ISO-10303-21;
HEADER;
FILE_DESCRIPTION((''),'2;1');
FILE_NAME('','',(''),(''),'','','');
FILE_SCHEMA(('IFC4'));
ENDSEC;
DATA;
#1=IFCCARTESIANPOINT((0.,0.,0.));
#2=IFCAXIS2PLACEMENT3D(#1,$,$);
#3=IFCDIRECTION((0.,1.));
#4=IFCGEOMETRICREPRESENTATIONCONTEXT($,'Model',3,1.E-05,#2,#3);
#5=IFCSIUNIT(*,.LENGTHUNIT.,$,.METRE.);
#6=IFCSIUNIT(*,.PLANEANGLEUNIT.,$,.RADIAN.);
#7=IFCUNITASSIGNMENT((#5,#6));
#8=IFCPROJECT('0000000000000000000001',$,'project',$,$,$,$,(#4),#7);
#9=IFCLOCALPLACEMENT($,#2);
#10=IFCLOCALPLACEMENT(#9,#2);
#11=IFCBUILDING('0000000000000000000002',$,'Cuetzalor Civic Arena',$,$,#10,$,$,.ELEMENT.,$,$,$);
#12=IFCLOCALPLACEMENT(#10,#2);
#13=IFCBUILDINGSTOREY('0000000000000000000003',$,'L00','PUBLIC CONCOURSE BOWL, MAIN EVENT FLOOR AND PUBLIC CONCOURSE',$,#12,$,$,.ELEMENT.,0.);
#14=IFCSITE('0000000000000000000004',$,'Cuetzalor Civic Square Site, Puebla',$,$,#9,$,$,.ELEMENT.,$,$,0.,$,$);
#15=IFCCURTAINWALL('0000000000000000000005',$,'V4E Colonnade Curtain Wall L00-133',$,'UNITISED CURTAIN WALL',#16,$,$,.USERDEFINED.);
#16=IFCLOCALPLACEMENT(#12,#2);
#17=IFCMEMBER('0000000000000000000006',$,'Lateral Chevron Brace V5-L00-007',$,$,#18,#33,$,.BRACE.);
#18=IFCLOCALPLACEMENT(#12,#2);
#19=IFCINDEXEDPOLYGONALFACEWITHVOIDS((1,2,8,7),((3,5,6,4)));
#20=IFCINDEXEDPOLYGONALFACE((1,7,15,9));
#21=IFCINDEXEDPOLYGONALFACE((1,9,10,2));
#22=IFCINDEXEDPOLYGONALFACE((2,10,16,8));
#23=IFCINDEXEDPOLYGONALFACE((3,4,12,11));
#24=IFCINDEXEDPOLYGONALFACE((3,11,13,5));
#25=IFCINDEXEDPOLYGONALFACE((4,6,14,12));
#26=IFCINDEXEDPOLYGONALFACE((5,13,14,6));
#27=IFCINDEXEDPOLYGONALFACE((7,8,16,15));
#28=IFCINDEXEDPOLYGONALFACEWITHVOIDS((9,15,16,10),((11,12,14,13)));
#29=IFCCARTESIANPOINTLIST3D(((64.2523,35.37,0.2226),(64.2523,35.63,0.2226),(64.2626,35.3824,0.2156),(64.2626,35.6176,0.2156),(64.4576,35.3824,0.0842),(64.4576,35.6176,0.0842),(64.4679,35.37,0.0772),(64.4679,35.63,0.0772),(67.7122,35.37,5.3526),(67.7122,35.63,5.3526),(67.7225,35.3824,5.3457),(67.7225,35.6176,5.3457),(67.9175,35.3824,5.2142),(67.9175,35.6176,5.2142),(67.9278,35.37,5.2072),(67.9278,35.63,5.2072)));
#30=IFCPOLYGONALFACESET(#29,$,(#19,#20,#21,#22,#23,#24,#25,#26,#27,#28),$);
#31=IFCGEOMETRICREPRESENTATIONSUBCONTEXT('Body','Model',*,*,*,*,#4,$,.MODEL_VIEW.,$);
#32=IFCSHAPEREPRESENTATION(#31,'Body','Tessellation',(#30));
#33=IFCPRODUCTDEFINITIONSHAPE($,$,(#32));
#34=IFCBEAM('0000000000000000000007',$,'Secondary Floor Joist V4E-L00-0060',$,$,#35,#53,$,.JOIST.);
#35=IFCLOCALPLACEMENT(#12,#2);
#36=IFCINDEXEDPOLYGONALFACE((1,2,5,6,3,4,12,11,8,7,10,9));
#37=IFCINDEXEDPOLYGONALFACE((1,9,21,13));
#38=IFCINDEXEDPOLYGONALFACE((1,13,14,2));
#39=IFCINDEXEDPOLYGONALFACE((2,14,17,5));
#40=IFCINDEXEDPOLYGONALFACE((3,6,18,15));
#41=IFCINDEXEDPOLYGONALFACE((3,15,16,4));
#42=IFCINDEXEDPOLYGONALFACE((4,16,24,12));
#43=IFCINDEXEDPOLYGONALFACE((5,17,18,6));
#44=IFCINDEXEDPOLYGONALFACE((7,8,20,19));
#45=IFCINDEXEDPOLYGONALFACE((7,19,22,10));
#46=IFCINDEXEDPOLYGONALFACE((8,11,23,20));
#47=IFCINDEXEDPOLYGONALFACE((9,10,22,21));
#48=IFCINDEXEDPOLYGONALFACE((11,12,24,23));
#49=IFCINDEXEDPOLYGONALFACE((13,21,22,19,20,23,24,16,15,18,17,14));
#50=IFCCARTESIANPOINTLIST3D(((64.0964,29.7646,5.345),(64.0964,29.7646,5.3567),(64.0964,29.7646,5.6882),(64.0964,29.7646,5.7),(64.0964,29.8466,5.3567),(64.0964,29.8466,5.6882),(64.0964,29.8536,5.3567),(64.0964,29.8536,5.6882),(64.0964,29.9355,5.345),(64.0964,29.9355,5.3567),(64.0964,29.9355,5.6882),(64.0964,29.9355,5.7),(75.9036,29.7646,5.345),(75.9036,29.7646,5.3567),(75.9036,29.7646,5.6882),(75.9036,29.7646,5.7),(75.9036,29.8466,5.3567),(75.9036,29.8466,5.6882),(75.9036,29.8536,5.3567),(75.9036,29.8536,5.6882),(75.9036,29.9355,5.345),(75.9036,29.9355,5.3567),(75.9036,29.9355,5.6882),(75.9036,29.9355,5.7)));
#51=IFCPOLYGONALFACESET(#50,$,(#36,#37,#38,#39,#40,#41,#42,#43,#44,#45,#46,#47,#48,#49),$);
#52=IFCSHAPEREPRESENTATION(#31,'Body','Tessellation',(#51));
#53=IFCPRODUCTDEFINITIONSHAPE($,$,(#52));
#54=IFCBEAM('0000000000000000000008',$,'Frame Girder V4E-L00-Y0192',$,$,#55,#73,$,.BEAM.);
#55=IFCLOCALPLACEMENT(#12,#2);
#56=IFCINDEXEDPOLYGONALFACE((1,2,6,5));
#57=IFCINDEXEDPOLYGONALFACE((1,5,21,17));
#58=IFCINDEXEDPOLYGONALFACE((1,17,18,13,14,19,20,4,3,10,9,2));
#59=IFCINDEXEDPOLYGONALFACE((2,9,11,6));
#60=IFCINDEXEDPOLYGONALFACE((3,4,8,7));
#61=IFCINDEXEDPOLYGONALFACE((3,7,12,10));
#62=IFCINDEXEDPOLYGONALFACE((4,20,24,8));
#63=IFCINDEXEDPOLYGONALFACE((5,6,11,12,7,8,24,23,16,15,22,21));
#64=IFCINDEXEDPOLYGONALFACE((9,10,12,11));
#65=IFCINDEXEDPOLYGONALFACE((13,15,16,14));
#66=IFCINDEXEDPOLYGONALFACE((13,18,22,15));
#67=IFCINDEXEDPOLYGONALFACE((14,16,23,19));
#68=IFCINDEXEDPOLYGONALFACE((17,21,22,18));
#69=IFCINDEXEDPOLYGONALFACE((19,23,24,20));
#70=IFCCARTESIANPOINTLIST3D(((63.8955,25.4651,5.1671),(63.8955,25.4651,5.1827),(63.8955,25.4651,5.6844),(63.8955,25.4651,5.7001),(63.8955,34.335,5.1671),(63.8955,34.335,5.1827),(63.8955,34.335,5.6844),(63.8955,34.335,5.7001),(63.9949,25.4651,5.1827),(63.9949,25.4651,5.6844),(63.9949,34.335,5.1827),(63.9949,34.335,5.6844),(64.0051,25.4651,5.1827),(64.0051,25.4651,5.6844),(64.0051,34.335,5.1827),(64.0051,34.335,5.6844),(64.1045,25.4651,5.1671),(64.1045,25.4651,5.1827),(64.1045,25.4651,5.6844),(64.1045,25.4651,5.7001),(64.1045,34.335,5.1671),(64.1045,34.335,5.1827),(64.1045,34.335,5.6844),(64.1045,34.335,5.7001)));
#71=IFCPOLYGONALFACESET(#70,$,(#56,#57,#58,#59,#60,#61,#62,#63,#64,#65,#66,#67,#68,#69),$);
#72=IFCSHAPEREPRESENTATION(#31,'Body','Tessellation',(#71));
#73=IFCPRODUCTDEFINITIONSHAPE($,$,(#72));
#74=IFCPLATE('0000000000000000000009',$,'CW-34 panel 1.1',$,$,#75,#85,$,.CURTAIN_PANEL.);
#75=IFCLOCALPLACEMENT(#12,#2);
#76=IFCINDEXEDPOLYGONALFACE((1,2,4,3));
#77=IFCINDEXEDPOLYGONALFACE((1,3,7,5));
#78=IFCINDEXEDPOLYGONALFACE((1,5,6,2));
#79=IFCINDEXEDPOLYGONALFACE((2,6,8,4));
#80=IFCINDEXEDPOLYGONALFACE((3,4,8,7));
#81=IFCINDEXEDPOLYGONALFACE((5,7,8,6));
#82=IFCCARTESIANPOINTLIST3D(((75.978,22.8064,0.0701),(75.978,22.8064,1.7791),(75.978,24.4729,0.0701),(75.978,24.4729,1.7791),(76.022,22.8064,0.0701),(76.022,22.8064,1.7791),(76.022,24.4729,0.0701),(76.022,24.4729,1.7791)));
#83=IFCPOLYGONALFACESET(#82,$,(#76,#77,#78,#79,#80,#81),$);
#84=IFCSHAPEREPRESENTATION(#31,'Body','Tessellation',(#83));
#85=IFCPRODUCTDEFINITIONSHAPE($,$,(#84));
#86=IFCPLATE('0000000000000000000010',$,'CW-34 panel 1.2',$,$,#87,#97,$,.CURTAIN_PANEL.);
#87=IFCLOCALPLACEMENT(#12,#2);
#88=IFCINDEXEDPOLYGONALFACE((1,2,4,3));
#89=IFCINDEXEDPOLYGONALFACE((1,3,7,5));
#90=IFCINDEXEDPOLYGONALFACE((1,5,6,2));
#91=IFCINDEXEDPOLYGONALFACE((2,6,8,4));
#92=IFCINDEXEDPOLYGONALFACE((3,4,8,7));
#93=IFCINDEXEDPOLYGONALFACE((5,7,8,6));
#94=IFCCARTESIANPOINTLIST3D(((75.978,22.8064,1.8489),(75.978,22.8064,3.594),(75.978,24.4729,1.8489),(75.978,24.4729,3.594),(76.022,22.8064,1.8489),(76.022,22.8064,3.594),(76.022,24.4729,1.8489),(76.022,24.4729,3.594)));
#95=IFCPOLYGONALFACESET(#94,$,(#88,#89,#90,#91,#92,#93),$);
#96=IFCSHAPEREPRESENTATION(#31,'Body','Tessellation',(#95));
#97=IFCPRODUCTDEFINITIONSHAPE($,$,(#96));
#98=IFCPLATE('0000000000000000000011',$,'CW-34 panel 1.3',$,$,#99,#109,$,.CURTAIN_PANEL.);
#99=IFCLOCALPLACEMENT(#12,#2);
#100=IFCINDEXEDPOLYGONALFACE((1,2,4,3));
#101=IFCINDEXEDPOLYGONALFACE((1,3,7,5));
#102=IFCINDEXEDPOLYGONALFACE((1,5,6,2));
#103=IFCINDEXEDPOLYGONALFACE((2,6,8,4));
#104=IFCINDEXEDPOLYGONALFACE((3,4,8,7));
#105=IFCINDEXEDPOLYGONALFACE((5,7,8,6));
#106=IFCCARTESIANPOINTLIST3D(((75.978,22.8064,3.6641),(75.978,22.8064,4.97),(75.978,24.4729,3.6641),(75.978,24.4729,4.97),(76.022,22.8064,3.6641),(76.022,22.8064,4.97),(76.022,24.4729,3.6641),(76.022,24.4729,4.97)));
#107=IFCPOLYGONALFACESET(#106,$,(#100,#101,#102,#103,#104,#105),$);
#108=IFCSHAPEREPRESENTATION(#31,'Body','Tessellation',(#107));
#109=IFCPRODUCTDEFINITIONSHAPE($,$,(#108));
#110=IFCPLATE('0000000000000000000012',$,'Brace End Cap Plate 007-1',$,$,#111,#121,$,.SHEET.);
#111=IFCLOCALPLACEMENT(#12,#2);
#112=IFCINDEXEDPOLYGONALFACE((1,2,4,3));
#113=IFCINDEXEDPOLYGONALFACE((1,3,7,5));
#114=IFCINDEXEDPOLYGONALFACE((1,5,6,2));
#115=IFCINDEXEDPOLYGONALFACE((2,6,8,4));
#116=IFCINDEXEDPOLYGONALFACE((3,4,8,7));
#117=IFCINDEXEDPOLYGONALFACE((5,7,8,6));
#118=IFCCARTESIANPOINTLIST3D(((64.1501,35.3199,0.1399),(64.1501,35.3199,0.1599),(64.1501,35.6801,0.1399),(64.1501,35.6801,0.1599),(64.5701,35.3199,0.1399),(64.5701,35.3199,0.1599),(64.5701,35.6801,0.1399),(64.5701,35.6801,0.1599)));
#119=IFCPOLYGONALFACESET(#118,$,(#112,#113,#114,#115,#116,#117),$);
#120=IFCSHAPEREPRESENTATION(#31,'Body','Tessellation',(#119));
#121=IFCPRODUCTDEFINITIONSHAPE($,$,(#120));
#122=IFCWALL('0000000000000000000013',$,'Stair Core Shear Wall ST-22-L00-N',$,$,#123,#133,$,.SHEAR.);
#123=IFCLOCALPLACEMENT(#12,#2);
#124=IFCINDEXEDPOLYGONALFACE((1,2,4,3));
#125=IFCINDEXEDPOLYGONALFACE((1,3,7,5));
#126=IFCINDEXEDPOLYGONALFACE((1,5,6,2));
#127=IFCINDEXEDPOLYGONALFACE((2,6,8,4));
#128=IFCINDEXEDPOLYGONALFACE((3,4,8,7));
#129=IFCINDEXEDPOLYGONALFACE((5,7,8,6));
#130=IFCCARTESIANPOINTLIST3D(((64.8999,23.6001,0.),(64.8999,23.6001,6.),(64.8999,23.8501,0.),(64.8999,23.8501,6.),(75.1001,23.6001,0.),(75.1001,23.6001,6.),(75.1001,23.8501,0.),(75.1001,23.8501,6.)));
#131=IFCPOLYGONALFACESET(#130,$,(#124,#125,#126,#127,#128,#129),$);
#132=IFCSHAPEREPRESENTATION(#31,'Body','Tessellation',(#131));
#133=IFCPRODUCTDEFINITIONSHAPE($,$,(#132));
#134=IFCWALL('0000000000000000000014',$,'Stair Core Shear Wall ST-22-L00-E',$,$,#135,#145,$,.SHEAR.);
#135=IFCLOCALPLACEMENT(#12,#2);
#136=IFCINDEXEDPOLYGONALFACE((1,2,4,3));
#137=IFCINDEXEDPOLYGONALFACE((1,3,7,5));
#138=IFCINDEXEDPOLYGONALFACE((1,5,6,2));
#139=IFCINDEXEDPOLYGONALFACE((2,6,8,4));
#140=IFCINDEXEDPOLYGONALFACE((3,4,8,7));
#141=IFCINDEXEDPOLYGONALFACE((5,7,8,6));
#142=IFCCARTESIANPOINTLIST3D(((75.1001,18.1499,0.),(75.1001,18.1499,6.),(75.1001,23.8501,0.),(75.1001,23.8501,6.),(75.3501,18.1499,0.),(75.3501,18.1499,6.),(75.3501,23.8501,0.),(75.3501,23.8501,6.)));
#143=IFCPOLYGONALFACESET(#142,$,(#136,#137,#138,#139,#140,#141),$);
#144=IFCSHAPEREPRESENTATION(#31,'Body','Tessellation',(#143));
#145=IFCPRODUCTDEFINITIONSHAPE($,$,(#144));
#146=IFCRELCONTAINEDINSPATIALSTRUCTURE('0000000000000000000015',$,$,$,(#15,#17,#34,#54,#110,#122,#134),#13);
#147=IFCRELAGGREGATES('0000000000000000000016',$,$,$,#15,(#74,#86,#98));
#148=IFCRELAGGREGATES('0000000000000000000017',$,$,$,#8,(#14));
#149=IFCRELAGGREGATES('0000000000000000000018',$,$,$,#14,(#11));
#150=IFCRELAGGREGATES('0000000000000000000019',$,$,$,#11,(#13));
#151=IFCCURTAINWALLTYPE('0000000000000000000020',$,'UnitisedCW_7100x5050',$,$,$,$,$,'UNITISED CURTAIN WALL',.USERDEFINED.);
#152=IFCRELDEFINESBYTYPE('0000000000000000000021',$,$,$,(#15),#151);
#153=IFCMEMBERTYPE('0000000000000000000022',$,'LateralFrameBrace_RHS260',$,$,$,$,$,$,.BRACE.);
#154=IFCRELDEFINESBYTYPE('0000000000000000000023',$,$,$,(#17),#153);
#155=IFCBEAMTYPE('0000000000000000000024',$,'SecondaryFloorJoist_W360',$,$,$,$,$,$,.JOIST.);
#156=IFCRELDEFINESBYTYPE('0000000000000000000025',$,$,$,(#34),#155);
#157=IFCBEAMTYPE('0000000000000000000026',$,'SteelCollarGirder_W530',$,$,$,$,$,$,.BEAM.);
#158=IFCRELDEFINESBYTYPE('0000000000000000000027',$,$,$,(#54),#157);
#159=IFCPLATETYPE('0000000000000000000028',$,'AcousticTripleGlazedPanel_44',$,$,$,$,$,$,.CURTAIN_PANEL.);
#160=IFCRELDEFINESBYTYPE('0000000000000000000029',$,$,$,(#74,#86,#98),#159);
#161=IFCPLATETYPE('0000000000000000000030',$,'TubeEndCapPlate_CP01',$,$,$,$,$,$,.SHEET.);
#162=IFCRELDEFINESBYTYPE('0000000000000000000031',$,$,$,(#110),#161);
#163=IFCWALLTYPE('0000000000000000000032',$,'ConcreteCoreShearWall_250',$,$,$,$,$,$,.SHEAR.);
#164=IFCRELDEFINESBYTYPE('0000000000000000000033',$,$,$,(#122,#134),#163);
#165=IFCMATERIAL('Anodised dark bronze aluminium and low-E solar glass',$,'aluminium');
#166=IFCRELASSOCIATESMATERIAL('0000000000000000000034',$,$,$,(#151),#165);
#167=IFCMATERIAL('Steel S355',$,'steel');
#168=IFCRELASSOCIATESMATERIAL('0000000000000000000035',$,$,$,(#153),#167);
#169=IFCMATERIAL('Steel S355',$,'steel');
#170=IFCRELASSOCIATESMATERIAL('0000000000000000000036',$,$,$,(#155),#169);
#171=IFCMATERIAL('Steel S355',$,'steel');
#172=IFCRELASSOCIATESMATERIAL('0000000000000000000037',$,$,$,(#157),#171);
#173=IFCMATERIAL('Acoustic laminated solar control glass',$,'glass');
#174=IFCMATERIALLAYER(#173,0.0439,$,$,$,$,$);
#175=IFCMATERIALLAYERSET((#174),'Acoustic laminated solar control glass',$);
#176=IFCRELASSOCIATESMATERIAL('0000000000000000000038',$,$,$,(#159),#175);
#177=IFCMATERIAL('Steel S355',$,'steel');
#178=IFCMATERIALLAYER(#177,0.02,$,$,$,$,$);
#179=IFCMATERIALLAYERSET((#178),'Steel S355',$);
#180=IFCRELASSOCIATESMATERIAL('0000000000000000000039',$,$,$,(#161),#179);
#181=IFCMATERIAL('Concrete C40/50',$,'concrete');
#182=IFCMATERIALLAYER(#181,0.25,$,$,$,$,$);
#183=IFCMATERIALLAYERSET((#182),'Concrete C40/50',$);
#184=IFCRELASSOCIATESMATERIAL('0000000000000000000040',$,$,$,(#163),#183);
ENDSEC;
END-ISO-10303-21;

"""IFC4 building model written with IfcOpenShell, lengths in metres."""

from ifc_helpers import new_model, si_unit, direction, frame, frame_2d, origin, origin_2d, place, context, subcontext, project, spatial, rectangle, hollow_rectangle, i_section, extrude, material, layer, layer_set, material_profile, profile_set, type_object, element, aggregate, save


model = new_model("IFC4")

# Units and contexts
model_context = context("Model", 3, precision=1e-05, world=origin(), true_north=direction((0.0, 1.0)))
body_context = subcontext(model_context, "Body", "Model", "MODEL_VIEW")
ifc_project = project(units=[si_unit("LENGTHUNIT", "METRE"), si_unit("PLANEANGLEUNIT", "RADIAN")], contexts=[model_context])

# Site, building, storey
site_placement = place(None, origin())
site = spatial("IfcSite", under=ifc_project, at=site_placement, Name="Cuetzalor Civic Square Site, Puebla", CompositionType="ELEMENT", RefElevation=0.0)
building_placement = place(site_placement, origin())
building = spatial("IfcBuilding", under=site, at=building_placement, Name="Cuetzalor Civic Arena", CompositionType="ELEMENT")
storey_placement = place(building_placement, origin())
storey = spatial("IfcBuildingStorey", under=building, at=storey_placement, Name="L00", Description="PUBLIC CONCOURSE BOWL, MAIN EVENT FLOOR AND PUBLIC CONCOURSE", CompositionType="ELEMENT", Elevation=0.0)

# Curtain wall
ifc_material_1 = material(Name="Anodised dark bronze aluminium and low-E solar glass", Category="aluminium")
curtain_wall_type = type_object("IfcCurtainWallType", Name="UnitisedCW_7100x5050", ElementType="UNITISED CURTAIN WALL", PredefinedType="USERDEFINED", material=ifc_material_1)
curtain_wall_placement = place(storey_placement, origin())
curtain_wall = element("IfcCurtainWall", 1, at=curtain_wall_placement, inside=storey, type_object=curtain_wall_type, Name="V4E Colonnade Curtain Wall L00-133", ObjectType="UNITISED CURTAIN WALL", PredefinedType="USERDEFINED")

# Member
ifc_material_2 = material(Name="Steel S355", Category="steel")
ifc_material_profile_1 = material_profile(ifc_material_2, hollow_rectangle(XDim=0.26, YDim=0.26, WallThickness=0.0125, at=origin_2d()), Name="RHS 260x260x12.5")
ifc_profile_set_1 = profile_set([ifc_material_profile_1], Name="Steel S355")
member_type_1 = type_object("IfcMemberType", Name="LateralFrameBrace_RHS260", PredefinedType="BRACE", material=ifc_profile_set_1)
member_1_placement = place(storey_placement, frame((64.3601, 35.5, 0.1499), z_axis=(0.559154, 0.0, 0.829064), x_axis=(0.0, 1.0, 0.0)))
element("IfcMember", 2, at=member_1_placement, inside=storey, type_object=member_type_1, Name="Lateral Chevron Brace V5-L00-007", PredefinedType="BRACE", context=body_context, shape_type="SweptSolid", body=[
    extrude(hollow_rectangle(XDim=0.26, YDim=0.26, WallThickness=0.0125, at=origin_2d()), origin(), (0.0, 0.0, 1.0), 6.1877),
])

# Beams
ifc_material_3 = material(Name="Steel S355", Category="steel")
ifc_material_profile_2 = material_profile(ifc_material_3, i_section(OverallWidth=0.1709, OverallDepth=0.355, WebThickness=0.0071, FlangeThickness=0.0117, at=origin_2d()), Name="W360x51")
ifc_profile_set_2 = profile_set([ifc_material_profile_2], Name="Steel S355")
beam_type_1 = type_object("IfcBeamType", Name="SecondaryFloorJoist_W360", PredefinedType="JOIST", material=ifc_profile_set_2)
beam_1_placement = place(storey_placement, frame((64.0964, 29.8501, 5.5225), z_axis=(1.0, 0.0, 0.0), x_axis=(0.0, 1.0, 0.0)))
element("IfcBeam", 3, at=beam_1_placement, inside=storey, type_object=beam_type_1, Name="Secondary Floor Joist V4E-L00-0060", PredefinedType="JOIST", context=body_context, shape_type="SweptSolid", body=[
    extrude(i_section(OverallWidth=0.1709, OverallDepth=0.355, WebThickness=0.0071, FlangeThickness=0.0117, at=origin_2d()), origin(), (0.0, 0.0, 1.0), 11.8071),
])
ifc_material_4 = material(Name="Steel S355", Category="steel")
ifc_material_profile_3 = material_profile(ifc_material_4, i_section(OverallWidth=0.209, OverallDepth=0.533, WebThickness=0.0103, FlangeThickness=0.0156, at=origin_2d()), Name="W530x92")
ifc_profile_set_3 = profile_set([ifc_material_profile_3], Name="Steel S355")
beam_type_2 = type_object("IfcBeamType", Name="SteelCollarGirder_W530", PredefinedType="BEAM", material=ifc_profile_set_3)
beam_2_placement = place(storey_placement, frame((64.0, 25.4651, 5.4336), z_axis=(0.0, 1.0, 0.0), x_axis=(-1.0, 0.0, 0.0)))
element("IfcBeam", 4, at=beam_2_placement, inside=storey, type_object=beam_type_2, Name="Frame Girder V4E-L00-Y0192", PredefinedType="BEAM", context=body_context, shape_type="SweptSolid", body=[
    extrude(i_section(OverallWidth=0.209, OverallDepth=0.533, WebThickness=0.0103, FlangeThickness=0.0156, at=origin_2d()), origin(), (0.0, 0.0, 1.0), 8.8699),
])

# Plates
ifc_material_5 = material(Name="Acoustic laminated solar control glass", Category="glass")
ifc_layer_1 = layer(ifc_material_5, 0.0439)
ifc_layer_set_1 = layer_set([ifc_layer_1], Name="Acoustic laminated solar control glass")
plate_type_1 = type_object("IfcPlateType", Name="AcousticTripleGlazedPanel_44", PredefinedType="CURTAIN_PANEL", material=ifc_layer_set_1)
plate_1_placement = place(storey_placement, frame((76.0, 23.6396, 0.0701), z_axis=(0.0, 0.0, 1.0), x_axis=(0.0, -1.0, 0.0)))
plate_1 = element("IfcPlate", 5, at=plate_1_placement, type_object=plate_type_1, Name="CW-34 panel 1.1", PredefinedType="CURTAIN_PANEL", context=body_context, shape_type="SweptSolid", body=[
    extrude(rectangle(XDim=1.6665, YDim=0.0439, at=origin_2d()), origin(), (0.0, 0.0, 1.0), 1.709),
])
plate_2_placement = place(storey_placement, frame((76.0, 23.6396, 1.8489), z_axis=(0.0, 0.0, 1.0), x_axis=(0.0, -1.0, 0.0)))
plate_2 = element("IfcPlate", 6, at=plate_2_placement, type_object=plate_type_1, Name="CW-34 panel 1.2", PredefinedType="CURTAIN_PANEL", context=body_context, shape_type="SweptSolid", body=[
    extrude(rectangle(XDim=1.6665, YDim=0.0439, at=origin_2d()), origin(), (0.0, 0.0, 1.0), 1.7451),
])
plate_3_placement = place(storey_placement, frame((76.0, 23.6396, 3.6641), z_axis=(0.0, 0.0, 1.0), x_axis=(0.0, -1.0, 0.0)))
plate_3 = element("IfcPlate", 7, at=plate_3_placement, type_object=plate_type_1, Name="CW-34 panel 1.3", PredefinedType="CURTAIN_PANEL", context=body_context, shape_type="SweptSolid", body=[
    extrude(rectangle(XDim=1.6665, YDim=0.0439, at=origin_2d()), origin(), (0.0, 0.0, 1.0), 1.3059),
])
aggregate(curtain_wall, [plate_1, plate_2, plate_3])
ifc_material_6 = material(Name="Steel S355", Category="steel")
ifc_layer_2 = layer(ifc_material_6, 0.02)
ifc_layer_set_2 = layer_set([ifc_layer_2], Name="Steel S355")
plate_type_2 = type_object("IfcPlateType", Name="TubeEndCapPlate_CP01", PredefinedType="SHEET", material=ifc_layer_set_2)
plate_4_placement = place(storey_placement, frame((64.3601, 35.5, 0.1399), z_axis=(0.0, 0.0, 1.0), x_axis=(1.0, 0.0, 0.0)))
element("IfcPlate", 8, at=plate_4_placement, inside=storey, type_object=plate_type_2, Name="Brace End Cap Plate 007-1", PredefinedType="SHEET", context=body_context, shape_type="SweptSolid", body=[
    extrude(rectangle(XDim=0.4199, YDim=0.3601, at=origin_2d()), origin(), (0.0, 0.0, 1.0), 0.02),
])

# Walls
ifc_material_7 = material(Name="Concrete C40/50", Category="concrete")
ifc_layer_3 = layer(ifc_material_7, 0.25)
ifc_layer_set_3 = layer_set([ifc_layer_3], Name="Concrete C40/50")
wall_type = type_object("IfcWallType", Name="ConcreteCoreShearWall_250", PredefinedType="SHEAR", material=ifc_layer_set_3)
wall_1_placement = place(storey_placement, frame((64.8999, 23.7251, 0.0), z_axis=(0.0, 0.0, 1.0), x_axis=(1.0, 0.0, 0.0)))
element("IfcWall", 9, at=wall_1_placement, inside=storey, type_object=wall_type, Name="Stair Core Shear Wall ST-22-L00-N", PredefinedType="SHEAR", context=body_context, shape_type="SweptSolid", body=[
    extrude(rectangle(XDim=10.2002, YDim=0.25, at=frame_2d((5.1001, 0.0))), origin(), (0.0, 0.0, 1.0), 6.0),
])
wall_2_placement = place(storey_placement, frame((75.2251, 23.8501, 0.0), z_axis=(0.0, 0.0, 1.0), x_axis=(0.0, -1.0, 0.0)))
element("IfcWall", 10, at=wall_2_placement, inside=storey, type_object=wall_type, Name="Stair Core Shear Wall ST-22-L00-E", PredefinedType="SHEAR", context=body_context, shape_type="SweptSolid", body=[
    extrude(rectangle(XDim=5.7002, YDim=0.25, at=frame_2d((2.8501, 0.0))), origin(), (0.0, 0.0, 1.0), 6.0),
])

save(model, "model.ifc")
